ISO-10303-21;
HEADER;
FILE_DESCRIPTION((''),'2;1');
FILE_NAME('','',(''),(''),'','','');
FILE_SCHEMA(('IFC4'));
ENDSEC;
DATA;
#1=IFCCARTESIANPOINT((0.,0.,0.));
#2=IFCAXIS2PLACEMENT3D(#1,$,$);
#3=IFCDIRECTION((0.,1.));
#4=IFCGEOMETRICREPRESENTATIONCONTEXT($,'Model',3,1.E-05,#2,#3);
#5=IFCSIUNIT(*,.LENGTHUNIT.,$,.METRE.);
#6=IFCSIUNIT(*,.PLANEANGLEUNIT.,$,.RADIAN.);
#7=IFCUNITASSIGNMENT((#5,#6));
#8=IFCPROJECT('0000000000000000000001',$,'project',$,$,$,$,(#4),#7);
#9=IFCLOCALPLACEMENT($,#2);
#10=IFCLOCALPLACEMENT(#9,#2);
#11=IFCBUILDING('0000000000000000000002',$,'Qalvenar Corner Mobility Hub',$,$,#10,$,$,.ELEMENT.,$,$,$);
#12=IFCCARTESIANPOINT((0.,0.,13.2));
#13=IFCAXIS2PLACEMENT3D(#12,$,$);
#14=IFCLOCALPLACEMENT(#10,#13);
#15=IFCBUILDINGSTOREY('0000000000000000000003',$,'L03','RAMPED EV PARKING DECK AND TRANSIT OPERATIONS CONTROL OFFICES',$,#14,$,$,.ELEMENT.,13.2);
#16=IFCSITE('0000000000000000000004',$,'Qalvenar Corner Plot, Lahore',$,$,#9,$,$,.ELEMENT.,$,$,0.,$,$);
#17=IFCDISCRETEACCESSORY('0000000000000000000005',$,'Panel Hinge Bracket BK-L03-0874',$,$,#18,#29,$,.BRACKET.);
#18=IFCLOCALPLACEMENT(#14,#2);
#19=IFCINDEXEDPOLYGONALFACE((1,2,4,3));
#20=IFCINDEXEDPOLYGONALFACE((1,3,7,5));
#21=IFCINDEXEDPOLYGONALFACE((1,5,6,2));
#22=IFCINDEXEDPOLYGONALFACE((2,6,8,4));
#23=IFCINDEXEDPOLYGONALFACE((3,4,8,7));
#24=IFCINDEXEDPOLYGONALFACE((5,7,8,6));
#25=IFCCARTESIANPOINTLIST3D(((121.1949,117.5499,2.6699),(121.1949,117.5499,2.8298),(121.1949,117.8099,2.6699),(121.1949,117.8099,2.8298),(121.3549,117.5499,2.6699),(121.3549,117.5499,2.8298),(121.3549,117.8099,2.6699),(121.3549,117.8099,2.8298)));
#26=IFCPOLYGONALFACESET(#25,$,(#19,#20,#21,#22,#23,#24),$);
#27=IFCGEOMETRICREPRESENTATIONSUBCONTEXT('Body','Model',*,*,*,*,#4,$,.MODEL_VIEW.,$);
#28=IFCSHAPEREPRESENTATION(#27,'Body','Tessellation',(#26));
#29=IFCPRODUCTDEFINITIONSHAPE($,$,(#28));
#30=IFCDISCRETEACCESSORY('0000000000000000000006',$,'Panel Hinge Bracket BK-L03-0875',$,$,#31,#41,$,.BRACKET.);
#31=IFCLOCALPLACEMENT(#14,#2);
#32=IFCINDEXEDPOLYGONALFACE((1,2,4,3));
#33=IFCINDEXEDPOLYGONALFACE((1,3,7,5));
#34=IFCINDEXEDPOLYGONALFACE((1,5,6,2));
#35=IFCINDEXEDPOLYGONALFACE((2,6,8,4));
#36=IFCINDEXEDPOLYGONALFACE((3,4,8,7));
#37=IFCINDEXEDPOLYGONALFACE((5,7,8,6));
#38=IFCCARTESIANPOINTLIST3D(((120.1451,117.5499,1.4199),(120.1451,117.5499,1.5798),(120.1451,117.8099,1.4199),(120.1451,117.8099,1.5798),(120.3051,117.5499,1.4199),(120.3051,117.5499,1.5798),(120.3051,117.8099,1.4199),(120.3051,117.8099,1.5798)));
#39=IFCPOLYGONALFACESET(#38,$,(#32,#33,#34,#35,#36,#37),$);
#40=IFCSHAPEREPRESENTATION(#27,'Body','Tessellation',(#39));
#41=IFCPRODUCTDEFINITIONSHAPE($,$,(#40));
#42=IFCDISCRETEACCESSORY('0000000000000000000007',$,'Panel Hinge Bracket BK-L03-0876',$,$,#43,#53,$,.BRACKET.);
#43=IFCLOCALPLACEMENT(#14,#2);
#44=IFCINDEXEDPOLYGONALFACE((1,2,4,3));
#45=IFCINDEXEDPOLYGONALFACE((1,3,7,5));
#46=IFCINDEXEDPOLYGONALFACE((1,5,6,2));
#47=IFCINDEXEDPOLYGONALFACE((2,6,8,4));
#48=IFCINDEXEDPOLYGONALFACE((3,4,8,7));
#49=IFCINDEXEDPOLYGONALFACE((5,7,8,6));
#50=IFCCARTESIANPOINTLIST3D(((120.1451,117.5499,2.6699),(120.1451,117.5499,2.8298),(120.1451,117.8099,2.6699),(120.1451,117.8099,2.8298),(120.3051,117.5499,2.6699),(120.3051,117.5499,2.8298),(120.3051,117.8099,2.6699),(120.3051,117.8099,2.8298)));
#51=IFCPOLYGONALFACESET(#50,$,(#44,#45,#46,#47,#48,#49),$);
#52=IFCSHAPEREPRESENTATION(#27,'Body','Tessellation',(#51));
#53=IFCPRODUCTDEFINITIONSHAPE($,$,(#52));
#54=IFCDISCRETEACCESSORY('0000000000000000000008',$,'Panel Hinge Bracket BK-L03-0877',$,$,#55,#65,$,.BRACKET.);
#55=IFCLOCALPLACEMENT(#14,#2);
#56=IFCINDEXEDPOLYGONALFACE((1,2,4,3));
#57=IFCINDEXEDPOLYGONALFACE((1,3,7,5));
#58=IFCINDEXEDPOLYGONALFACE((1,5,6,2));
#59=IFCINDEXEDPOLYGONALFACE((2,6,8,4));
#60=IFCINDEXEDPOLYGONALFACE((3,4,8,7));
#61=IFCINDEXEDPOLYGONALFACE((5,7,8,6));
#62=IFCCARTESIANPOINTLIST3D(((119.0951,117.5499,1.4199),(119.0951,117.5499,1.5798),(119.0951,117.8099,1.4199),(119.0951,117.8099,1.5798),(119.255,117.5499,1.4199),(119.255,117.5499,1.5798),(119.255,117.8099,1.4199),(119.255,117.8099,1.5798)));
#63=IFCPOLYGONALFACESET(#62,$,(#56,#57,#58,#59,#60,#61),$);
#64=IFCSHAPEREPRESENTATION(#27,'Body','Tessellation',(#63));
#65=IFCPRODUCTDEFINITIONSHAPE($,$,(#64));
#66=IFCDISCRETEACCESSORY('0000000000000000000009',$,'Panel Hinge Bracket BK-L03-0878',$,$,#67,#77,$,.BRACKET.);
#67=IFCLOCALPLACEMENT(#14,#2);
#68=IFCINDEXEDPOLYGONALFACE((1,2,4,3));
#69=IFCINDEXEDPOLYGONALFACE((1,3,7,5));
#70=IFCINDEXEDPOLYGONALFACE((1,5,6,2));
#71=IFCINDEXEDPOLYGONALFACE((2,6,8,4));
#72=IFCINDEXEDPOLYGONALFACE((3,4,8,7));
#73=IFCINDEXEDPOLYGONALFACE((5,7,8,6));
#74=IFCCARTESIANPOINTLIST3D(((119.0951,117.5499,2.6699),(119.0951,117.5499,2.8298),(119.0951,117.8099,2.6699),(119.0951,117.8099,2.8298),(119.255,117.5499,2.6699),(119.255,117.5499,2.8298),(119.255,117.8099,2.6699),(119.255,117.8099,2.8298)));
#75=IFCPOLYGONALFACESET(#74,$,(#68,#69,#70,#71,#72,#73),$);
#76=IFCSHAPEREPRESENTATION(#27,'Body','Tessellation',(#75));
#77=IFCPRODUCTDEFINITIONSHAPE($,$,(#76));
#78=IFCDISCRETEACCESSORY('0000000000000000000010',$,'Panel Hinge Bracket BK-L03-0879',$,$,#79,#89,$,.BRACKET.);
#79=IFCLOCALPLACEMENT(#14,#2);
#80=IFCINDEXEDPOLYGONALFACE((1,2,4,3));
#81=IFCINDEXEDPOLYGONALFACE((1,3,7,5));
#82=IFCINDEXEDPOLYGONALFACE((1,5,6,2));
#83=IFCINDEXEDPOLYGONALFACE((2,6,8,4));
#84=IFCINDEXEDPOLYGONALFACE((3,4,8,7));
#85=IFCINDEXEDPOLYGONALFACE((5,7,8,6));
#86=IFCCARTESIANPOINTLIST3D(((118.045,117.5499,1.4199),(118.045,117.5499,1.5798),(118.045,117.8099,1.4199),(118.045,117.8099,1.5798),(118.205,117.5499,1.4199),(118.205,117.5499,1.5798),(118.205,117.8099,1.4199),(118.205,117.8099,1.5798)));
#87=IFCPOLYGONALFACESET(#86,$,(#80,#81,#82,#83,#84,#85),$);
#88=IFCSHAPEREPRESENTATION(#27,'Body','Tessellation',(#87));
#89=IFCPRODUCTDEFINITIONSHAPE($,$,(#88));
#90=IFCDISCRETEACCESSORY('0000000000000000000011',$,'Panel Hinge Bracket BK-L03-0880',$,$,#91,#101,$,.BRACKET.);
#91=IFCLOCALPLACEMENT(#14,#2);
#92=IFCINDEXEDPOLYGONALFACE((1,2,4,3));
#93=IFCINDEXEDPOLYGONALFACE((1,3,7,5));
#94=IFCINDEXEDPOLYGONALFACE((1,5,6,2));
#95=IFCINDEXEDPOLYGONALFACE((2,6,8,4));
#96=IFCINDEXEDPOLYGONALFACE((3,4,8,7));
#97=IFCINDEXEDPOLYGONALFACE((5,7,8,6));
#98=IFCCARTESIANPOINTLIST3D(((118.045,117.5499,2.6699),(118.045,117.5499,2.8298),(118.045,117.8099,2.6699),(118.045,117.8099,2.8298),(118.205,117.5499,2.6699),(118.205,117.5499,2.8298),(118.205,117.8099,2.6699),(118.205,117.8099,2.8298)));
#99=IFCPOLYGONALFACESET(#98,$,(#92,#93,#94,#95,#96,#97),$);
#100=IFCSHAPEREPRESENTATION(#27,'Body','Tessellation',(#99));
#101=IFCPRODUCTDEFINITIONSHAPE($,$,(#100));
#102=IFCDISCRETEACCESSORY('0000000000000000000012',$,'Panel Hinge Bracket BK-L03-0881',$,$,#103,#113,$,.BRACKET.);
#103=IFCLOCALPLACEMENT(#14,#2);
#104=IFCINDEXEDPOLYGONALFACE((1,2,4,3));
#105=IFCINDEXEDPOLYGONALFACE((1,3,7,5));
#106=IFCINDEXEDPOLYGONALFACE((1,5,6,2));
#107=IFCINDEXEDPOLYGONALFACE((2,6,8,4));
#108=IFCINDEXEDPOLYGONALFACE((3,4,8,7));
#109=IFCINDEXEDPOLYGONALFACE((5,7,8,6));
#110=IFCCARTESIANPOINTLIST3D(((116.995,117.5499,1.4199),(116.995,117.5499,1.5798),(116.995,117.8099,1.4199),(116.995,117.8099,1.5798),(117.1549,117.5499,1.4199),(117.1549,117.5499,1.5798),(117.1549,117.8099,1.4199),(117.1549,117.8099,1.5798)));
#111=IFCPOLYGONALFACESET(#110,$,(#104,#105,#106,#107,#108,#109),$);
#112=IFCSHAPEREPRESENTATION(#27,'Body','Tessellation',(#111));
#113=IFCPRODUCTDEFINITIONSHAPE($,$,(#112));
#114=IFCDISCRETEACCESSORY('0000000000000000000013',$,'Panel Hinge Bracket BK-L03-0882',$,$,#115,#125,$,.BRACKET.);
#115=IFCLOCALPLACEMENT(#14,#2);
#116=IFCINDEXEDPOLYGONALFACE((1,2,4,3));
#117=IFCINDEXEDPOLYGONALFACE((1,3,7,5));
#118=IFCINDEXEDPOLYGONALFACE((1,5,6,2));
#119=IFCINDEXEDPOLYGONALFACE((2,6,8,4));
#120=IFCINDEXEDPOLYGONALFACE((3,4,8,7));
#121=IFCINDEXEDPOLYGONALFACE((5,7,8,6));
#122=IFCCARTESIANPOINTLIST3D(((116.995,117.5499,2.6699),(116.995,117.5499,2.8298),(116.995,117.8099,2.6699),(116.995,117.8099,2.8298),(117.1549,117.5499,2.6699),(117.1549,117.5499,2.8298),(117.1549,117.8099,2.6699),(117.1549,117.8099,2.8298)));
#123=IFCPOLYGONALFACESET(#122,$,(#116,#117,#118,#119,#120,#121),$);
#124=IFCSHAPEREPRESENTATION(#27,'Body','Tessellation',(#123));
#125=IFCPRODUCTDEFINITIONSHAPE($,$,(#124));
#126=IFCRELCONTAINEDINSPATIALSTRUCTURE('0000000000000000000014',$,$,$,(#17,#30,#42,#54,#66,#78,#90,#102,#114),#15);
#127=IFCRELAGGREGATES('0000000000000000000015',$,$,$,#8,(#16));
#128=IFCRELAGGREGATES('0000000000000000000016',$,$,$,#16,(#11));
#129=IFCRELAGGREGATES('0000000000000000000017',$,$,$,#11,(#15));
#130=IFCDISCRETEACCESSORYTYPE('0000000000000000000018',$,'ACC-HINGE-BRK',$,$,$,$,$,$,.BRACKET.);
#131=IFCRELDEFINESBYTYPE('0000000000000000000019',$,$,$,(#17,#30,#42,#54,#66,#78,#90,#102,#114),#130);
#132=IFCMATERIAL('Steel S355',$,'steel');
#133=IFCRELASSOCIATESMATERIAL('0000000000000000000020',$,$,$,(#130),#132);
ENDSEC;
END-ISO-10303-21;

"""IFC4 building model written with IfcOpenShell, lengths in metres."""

from ifc_helpers import new_model, si_unit, direction, frame, origin, origin_2d, place, context, subcontext, project, spatial, rectangle, extrude, material, type_object, element, save


model = new_model("IFC4")

# Units and contexts
model_context = context("Model", 3, precision=1e-05, world=origin(), true_north=direction((0.0, 1.0)))
body_context = subcontext(model_context, "Body", "Model", "MODEL_VIEW")
ifc_project = project(units=[si_unit("LENGTHUNIT", "METRE"), si_unit("PLANEANGLEUNIT", "RADIAN")], contexts=[model_context])

# Site, building, storey
site_placement = place(None, origin())
site = spatial("IfcSite", under=ifc_project, at=site_placement, Name="Qalvenar Corner Plot, Lahore", CompositionType="ELEMENT", RefElevation=0.0)
building_placement = place(site_placement, origin())
building = spatial("IfcBuilding", under=site, at=building_placement, Name="Qalvenar Corner Mobility Hub", CompositionType="ELEMENT")
storey_placement = place(building_placement, frame((0.0, 0.0, 13.2)))
storey = spatial("IfcBuildingStorey", under=building, at=storey_placement, Name="L03", Description="RAMPED EV PARKING DECK AND TRANSIT OPERATIONS CONTROL OFFICES", CompositionType="ELEMENT", Elevation=13.2)

# Discrete accessories
ifc_material_1 = material(Name="Steel S355", Category="steel")
discrete_accessory_type = type_object("IfcDiscreteAccessoryType", Name="ACC-HINGE-BRK", PredefinedType="BRACKET", material=ifc_material_1)
for number, where, z_axis, x_axis, name in (
    (1, (121.2749, 117.6799, 2.6699), (0.0, 0.0, 1.0), (-1.0, 0.0, 0.0), "Panel Hinge Bracket BK-L03-0874"),
    (2, (120.2251, 117.6799, 1.4199), (0.0, 0.0, 1.0), (-1.0, 0.0, 0.0), "Panel Hinge Bracket BK-L03-0875"),
    (3, (120.2251, 117.6799, 2.6699), (0.0, 0.0, 1.0), (-1.0, 0.0, 0.0), "Panel Hinge Bracket BK-L03-0876"),
    (4, (119.175, 117.6799, 1.4199), (0.0, 0.0, 1.0), (-1.0, 0.0, 0.0), "Panel Hinge Bracket BK-L03-0877"),
    (5, (119.175, 117.6799, 2.6699), (0.0, 0.0, 1.0), (-1.0, 0.0, 0.0), "Panel Hinge Bracket BK-L03-0878"),
    (6, (118.125, 117.6799, 1.4199), (0.0, 0.0, 1.0), (-1.0, 0.0, 0.0), "Panel Hinge Bracket BK-L03-0879"),
    (7, (118.125, 117.6799, 2.6699), (0.0, 0.0, 1.0), (-1.0, 0.0, 0.0), "Panel Hinge Bracket BK-L03-0880"),
    (8, (117.075, 117.6799, 1.4199), (0.0, 0.0, 1.0), (-1.0, 0.0, 0.0), "Panel Hinge Bracket BK-L03-0881"),
    (9, (117.075, 117.6799, 2.6699), (0.0, 0.0, 1.0), (-1.0, 0.0, 0.0), "Panel Hinge Bracket BK-L03-0882"),
):
    element("IfcDiscreteAccessory", number, at=place(storey_placement, frame(where, z_axis=z_axis, x_axis=x_axis)), inside=storey, type_object=discrete_accessory_type, Name=name, PredefinedType="BRACKET", context=body_context, shape_type="SweptSolid", body=[
        extrude(rectangle(XDim=0.1599, YDim=0.26, at=origin_2d()), origin(), (0.0, 0.0, 1.0), 0.1599),
    ])

save(model, "model.ifc")
